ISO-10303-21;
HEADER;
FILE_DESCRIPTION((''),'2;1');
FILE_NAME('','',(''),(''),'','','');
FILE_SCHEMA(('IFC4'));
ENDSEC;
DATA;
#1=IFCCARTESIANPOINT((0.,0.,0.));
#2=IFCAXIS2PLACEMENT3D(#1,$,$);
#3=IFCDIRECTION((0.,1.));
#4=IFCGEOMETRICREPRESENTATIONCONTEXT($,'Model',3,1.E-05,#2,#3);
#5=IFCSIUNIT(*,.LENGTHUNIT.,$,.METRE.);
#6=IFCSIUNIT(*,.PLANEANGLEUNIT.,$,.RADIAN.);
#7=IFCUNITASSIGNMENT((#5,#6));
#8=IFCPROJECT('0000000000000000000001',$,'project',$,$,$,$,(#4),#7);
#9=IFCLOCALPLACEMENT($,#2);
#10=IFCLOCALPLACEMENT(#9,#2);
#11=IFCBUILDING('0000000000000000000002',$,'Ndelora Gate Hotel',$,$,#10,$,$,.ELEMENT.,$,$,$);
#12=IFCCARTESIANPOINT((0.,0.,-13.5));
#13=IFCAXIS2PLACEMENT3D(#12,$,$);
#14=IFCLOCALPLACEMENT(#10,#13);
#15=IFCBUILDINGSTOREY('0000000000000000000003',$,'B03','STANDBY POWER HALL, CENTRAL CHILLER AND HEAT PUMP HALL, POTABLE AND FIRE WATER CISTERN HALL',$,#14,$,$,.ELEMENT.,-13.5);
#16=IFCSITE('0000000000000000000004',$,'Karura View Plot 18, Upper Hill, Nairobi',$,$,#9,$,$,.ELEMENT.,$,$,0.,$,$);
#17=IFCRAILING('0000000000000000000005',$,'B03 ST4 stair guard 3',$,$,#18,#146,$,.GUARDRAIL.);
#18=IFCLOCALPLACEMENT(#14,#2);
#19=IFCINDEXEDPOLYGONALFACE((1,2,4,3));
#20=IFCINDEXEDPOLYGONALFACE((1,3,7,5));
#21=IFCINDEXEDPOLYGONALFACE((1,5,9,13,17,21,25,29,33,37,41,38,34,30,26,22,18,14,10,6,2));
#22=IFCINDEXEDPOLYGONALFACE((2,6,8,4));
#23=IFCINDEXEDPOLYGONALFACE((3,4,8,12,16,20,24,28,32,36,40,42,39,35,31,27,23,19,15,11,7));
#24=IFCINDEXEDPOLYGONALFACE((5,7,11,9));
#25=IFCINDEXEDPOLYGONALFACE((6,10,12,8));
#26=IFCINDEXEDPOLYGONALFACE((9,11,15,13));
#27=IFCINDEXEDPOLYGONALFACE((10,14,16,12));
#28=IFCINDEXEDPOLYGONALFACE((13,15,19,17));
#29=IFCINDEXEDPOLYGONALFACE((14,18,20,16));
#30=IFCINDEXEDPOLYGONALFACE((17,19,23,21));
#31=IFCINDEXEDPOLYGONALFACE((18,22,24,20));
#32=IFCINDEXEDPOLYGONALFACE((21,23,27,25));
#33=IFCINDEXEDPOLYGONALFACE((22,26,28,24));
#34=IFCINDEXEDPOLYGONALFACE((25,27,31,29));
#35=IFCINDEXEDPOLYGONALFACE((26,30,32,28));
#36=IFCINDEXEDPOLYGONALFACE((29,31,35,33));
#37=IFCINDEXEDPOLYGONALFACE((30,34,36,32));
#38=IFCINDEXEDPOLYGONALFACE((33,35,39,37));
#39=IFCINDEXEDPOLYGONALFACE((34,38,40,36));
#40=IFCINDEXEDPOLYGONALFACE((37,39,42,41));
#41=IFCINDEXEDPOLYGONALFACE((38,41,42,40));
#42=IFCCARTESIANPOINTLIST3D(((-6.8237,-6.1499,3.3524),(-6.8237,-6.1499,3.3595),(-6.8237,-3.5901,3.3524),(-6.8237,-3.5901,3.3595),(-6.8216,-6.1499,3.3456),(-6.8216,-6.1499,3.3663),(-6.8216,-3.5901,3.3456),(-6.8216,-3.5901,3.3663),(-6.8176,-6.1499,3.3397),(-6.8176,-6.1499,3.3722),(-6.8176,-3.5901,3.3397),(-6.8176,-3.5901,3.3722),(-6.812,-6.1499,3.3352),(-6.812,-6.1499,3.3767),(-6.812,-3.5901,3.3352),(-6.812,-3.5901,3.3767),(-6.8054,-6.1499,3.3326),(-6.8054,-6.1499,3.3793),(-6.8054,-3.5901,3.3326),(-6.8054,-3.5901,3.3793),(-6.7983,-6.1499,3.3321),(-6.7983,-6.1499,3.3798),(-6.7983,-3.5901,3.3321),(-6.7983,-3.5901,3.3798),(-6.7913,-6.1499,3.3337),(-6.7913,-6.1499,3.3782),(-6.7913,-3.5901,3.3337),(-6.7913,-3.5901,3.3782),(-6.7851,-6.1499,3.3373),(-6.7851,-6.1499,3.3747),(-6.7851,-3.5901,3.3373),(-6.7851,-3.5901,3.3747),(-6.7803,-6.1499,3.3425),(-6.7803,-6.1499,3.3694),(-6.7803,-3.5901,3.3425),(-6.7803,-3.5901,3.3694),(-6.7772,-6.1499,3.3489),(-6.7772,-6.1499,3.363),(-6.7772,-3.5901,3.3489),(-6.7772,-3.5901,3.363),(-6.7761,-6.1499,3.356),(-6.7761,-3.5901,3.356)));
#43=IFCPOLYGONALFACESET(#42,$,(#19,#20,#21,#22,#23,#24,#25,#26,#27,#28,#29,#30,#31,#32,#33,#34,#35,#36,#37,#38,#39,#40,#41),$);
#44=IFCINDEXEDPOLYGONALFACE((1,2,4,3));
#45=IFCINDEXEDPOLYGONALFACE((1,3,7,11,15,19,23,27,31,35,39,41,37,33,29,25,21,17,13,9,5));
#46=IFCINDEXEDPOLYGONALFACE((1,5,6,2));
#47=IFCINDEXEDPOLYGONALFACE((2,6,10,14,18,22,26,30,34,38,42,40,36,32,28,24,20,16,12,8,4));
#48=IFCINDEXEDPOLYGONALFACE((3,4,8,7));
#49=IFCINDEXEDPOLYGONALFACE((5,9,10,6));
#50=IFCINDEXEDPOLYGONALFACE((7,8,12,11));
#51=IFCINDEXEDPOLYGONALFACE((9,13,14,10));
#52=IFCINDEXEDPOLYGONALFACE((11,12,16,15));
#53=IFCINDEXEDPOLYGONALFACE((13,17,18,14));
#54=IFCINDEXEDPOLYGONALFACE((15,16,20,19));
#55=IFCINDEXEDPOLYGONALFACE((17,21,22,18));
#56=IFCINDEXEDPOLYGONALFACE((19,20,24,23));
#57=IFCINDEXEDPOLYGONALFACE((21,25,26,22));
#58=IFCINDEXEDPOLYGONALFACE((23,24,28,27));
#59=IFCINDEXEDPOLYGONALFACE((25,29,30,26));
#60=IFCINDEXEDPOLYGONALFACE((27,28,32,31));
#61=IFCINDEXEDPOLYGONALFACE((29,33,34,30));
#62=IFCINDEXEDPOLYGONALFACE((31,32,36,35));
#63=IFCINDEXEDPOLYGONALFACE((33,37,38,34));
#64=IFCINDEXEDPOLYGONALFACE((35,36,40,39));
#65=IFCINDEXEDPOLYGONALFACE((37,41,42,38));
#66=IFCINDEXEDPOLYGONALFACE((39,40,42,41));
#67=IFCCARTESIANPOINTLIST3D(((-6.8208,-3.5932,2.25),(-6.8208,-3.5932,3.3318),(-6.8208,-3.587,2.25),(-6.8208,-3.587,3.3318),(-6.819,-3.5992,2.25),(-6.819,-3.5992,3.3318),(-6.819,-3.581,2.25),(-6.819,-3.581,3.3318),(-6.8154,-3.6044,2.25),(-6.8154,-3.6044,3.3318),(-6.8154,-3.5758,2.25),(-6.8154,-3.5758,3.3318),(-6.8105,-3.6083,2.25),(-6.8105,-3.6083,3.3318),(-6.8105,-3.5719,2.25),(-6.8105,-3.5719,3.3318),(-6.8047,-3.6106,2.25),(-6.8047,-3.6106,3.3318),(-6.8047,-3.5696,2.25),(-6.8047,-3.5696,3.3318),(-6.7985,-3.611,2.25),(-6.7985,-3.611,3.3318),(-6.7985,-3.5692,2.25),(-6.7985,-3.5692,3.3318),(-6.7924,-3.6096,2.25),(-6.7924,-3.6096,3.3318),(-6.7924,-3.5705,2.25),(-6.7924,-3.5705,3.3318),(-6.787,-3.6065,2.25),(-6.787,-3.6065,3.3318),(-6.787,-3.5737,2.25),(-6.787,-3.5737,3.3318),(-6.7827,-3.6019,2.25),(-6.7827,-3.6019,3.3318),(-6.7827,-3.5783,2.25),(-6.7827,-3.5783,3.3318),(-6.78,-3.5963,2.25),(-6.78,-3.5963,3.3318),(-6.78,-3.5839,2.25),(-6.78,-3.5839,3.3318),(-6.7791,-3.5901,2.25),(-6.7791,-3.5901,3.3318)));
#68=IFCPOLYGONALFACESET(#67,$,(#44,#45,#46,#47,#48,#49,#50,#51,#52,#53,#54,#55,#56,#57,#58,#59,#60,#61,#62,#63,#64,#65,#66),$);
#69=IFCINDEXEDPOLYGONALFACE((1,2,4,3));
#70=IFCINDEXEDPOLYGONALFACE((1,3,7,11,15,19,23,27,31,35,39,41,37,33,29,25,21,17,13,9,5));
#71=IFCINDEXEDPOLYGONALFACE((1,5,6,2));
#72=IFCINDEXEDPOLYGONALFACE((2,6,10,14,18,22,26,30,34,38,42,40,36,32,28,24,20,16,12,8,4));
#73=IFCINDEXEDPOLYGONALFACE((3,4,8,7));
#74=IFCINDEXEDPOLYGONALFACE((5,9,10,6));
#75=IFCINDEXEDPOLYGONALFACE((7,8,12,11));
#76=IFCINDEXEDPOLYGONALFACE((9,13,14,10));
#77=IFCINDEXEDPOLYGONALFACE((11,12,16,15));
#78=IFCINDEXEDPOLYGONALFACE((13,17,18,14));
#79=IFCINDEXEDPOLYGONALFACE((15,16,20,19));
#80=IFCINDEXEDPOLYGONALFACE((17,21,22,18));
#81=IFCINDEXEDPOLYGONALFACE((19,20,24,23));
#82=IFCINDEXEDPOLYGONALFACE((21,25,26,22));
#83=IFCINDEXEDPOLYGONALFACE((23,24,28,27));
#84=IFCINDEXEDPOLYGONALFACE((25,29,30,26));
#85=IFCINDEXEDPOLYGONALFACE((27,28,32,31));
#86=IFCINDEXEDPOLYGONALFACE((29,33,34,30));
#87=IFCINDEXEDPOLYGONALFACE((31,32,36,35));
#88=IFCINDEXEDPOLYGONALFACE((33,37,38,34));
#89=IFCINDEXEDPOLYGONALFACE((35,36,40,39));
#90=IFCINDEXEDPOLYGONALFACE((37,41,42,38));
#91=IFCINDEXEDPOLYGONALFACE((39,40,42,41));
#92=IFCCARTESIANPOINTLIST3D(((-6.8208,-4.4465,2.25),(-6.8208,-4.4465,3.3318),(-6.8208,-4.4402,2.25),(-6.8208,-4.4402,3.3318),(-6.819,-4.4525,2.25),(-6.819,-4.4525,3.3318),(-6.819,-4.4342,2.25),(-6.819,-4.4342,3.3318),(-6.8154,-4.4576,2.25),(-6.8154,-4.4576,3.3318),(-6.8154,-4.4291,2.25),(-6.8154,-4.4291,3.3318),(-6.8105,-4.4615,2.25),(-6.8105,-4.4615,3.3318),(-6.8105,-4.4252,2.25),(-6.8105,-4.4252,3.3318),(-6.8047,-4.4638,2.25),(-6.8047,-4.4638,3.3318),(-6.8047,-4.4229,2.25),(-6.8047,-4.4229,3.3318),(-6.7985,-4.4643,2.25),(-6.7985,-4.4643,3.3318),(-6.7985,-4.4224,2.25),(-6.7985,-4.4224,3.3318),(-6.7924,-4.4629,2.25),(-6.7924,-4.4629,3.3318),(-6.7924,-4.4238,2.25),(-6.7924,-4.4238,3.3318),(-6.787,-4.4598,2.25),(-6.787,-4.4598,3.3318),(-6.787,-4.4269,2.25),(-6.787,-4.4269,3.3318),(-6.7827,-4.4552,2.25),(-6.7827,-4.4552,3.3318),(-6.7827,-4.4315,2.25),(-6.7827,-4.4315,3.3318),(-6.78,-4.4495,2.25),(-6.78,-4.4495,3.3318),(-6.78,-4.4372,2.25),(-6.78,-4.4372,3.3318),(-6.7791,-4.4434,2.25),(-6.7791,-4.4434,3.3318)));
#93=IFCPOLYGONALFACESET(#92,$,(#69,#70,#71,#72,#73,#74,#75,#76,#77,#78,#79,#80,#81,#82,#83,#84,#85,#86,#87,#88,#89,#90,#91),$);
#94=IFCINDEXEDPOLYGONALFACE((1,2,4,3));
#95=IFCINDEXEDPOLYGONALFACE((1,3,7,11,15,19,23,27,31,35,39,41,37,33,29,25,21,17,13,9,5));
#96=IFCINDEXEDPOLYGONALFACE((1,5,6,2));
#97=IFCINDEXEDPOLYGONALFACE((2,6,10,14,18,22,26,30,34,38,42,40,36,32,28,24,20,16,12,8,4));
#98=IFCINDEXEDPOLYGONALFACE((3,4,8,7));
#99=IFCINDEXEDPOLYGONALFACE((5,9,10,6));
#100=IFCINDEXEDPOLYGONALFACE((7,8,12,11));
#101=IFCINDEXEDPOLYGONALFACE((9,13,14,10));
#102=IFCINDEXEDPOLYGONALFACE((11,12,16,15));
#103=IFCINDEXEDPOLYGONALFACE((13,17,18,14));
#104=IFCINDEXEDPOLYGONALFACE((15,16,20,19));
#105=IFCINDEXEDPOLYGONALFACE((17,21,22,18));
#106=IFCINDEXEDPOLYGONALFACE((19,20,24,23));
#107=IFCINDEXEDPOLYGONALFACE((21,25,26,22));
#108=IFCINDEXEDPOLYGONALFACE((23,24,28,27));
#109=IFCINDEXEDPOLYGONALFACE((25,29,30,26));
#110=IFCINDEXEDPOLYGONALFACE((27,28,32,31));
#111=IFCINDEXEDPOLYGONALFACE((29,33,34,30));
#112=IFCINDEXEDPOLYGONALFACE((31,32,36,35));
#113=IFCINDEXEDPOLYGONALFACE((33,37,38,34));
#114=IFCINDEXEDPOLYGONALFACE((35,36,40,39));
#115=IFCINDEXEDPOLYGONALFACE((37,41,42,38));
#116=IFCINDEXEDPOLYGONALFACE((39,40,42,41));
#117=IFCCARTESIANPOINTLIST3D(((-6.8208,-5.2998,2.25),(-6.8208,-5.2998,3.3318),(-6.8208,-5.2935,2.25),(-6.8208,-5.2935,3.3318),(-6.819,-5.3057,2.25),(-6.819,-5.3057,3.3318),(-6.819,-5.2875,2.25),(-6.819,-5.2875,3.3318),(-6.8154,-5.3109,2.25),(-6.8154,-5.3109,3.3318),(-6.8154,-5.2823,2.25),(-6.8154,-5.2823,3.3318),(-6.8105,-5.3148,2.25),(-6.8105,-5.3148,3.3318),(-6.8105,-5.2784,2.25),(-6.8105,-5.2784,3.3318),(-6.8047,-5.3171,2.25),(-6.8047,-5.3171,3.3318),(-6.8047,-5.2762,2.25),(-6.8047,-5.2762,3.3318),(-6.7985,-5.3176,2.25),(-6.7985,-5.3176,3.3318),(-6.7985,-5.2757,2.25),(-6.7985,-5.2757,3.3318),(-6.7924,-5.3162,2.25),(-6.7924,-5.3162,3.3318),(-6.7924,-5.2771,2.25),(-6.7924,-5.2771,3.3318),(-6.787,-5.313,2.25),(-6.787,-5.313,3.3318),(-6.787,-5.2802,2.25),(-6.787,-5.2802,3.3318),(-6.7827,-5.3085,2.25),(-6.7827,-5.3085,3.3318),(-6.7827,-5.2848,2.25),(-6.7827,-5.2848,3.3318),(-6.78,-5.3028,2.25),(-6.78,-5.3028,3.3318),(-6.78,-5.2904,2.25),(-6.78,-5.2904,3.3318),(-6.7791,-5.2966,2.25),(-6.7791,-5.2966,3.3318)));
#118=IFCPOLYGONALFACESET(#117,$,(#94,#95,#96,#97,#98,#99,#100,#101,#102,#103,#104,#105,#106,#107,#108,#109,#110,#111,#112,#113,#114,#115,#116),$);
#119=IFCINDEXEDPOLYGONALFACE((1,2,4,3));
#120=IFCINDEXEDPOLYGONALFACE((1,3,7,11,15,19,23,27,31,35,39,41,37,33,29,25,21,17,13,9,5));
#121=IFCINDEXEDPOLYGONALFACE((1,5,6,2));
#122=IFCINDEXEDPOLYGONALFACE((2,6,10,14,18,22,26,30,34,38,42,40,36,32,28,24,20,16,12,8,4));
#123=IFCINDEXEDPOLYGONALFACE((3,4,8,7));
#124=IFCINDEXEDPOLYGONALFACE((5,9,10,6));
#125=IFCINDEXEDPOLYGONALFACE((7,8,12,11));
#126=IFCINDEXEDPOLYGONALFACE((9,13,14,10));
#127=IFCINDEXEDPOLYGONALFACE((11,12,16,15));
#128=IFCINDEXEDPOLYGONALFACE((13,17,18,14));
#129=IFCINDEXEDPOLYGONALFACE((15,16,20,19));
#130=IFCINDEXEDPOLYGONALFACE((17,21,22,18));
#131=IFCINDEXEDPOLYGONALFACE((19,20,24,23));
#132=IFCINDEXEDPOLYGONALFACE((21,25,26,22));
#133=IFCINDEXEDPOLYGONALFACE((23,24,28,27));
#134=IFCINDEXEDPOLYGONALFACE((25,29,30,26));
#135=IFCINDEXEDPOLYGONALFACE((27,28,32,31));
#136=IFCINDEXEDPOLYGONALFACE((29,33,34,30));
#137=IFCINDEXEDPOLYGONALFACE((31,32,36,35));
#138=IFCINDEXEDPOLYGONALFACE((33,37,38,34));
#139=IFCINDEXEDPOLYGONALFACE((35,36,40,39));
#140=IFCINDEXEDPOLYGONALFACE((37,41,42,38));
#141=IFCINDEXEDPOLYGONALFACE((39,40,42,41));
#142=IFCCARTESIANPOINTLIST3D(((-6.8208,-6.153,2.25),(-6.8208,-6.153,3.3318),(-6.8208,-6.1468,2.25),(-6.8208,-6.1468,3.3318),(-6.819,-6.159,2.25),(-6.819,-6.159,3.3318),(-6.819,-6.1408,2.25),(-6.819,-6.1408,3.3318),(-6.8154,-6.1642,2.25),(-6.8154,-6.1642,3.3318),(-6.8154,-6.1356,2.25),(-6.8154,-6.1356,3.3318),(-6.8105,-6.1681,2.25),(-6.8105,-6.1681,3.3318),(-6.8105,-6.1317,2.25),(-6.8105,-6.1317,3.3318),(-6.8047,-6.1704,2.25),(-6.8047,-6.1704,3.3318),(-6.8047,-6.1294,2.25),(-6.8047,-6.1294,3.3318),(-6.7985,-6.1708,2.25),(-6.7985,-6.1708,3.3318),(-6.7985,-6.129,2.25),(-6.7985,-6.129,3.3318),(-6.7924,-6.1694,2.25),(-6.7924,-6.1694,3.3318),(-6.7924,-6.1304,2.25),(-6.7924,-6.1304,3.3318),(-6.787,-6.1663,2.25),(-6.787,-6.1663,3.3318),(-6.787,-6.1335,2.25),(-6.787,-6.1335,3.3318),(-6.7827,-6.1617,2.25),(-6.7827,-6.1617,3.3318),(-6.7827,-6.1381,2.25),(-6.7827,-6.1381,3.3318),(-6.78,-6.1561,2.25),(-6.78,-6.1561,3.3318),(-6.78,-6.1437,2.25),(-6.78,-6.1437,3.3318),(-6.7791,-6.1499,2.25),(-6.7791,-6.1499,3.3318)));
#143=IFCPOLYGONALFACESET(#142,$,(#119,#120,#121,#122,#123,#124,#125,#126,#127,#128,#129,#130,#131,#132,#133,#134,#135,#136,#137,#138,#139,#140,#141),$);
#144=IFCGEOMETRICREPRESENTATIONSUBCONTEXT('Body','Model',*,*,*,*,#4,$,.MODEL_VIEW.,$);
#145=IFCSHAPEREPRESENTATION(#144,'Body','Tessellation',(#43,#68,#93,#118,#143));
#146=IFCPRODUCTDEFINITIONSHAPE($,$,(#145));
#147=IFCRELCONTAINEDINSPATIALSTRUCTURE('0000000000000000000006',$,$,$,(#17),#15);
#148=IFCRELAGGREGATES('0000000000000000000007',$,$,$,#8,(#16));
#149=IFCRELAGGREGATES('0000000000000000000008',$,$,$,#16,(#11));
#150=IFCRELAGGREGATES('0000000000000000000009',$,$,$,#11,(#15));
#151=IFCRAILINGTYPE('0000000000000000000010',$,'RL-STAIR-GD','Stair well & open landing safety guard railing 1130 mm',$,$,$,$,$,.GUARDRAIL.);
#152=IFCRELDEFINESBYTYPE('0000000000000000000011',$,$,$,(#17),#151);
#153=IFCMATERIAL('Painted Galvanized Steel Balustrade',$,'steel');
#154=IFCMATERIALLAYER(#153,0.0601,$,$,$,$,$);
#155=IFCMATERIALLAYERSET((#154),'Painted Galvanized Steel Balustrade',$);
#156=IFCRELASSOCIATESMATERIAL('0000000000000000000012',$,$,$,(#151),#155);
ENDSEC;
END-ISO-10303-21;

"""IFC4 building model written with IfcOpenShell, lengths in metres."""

from ifc_helpers import new_model, si_unit, direction, frame, origin, origin_2d, place, context, subcontext, project, spatial, circle, extrude, material, layer, layer_set, type_object, element, save


model = new_model("IFC4")

# Units and contexts
model_context = context("Model", 3, precision=1e-05, world=origin(), true_north=direction((0.0, 1.0)))
body_context = subcontext(model_context, "Body", "Model", "MODEL_VIEW")
ifc_project = project(units=[si_unit("LENGTHUNIT", "METRE"), si_unit("PLANEANGLEUNIT", "RADIAN")], contexts=[model_context])

# Site, building, storey
site_placement = place(None, origin())
site = spatial("IfcSite", under=ifc_project, at=site_placement, Name="Karura View Plot 18, Upper Hill, Nairobi", CompositionType="ELEMENT", RefElevation=0.0)
building_placement = place(site_placement, origin())
building = spatial("IfcBuilding", under=site, at=building_placement, Name="Ndelora Gate Hotel", CompositionType="ELEMENT")
storey_placement = place(building_placement, frame((0.0, 0.0, -13.5)))
storey = spatial("IfcBuildingStorey", under=building, at=storey_placement, Name="B03", Description="STANDBY POWER HALL, CENTRAL CHILLER AND HEAT PUMP HALL, POTABLE AND FIRE WATER CISTERN HALL", CompositionType="ELEMENT", Elevation=-13.5)

# Railing
ifc_material_1 = material(Name="Painted Galvanized Steel Balustrade", Category="steel")
ifc_layer_1 = layer(ifc_material_1, 0.0601)
ifc_layer_set_1 = layer_set([ifc_layer_1], Name="Painted Galvanized Steel Balustrade")
railing_type_1 = type_object("IfcRailingType", Name="RL-STAIR-GD", Description="Stair well & open landing safety guard railing 1130 mm", PredefinedType="GUARDRAIL", material=ifc_layer_set_1)
for number, where, name in (
    (1, (-6.8, -3.5901, 2.25), "B03 ST4 stair guard 3"),
):
    element("IfcRailing", number, at=place(storey_placement, frame(where)), inside=storey, type_object=railing_type_1, Name=name, PredefinedType="GUARDRAIL", context=body_context, shape_type="SweptSolid", body=[
        extrude(circle(Radius=0.0239, at=origin_2d()), frame((0.0, 0.0, 1.106), z_axis=(0.0, -1.0, 0.0), x_axis=(1.0, 0.0, 0.0)), (0.0, 0.0, 1.0), 2.5598),
        extrude(circle(Radius=0.021, at=origin_2d()), origin(), (0.0, 0.0, 1.0), 1.0818),
        extrude(circle(Radius=0.021, at=origin_2d()), frame((0.0, -0.8533, 0.0)), (0.0, 0.0, 1.0), 1.0818),
        extrude(circle(Radius=0.021, at=origin_2d()), frame((0.0, -1.7065, 0.0)), (0.0, 0.0, 1.0), 1.0818),
        extrude(circle(Radius=0.021, at=origin_2d()), frame((0.0, -2.5598, 0.0)), (0.0, 0.0, 1.0), 1.0818),
    ])

save(model, "model.ifc")
